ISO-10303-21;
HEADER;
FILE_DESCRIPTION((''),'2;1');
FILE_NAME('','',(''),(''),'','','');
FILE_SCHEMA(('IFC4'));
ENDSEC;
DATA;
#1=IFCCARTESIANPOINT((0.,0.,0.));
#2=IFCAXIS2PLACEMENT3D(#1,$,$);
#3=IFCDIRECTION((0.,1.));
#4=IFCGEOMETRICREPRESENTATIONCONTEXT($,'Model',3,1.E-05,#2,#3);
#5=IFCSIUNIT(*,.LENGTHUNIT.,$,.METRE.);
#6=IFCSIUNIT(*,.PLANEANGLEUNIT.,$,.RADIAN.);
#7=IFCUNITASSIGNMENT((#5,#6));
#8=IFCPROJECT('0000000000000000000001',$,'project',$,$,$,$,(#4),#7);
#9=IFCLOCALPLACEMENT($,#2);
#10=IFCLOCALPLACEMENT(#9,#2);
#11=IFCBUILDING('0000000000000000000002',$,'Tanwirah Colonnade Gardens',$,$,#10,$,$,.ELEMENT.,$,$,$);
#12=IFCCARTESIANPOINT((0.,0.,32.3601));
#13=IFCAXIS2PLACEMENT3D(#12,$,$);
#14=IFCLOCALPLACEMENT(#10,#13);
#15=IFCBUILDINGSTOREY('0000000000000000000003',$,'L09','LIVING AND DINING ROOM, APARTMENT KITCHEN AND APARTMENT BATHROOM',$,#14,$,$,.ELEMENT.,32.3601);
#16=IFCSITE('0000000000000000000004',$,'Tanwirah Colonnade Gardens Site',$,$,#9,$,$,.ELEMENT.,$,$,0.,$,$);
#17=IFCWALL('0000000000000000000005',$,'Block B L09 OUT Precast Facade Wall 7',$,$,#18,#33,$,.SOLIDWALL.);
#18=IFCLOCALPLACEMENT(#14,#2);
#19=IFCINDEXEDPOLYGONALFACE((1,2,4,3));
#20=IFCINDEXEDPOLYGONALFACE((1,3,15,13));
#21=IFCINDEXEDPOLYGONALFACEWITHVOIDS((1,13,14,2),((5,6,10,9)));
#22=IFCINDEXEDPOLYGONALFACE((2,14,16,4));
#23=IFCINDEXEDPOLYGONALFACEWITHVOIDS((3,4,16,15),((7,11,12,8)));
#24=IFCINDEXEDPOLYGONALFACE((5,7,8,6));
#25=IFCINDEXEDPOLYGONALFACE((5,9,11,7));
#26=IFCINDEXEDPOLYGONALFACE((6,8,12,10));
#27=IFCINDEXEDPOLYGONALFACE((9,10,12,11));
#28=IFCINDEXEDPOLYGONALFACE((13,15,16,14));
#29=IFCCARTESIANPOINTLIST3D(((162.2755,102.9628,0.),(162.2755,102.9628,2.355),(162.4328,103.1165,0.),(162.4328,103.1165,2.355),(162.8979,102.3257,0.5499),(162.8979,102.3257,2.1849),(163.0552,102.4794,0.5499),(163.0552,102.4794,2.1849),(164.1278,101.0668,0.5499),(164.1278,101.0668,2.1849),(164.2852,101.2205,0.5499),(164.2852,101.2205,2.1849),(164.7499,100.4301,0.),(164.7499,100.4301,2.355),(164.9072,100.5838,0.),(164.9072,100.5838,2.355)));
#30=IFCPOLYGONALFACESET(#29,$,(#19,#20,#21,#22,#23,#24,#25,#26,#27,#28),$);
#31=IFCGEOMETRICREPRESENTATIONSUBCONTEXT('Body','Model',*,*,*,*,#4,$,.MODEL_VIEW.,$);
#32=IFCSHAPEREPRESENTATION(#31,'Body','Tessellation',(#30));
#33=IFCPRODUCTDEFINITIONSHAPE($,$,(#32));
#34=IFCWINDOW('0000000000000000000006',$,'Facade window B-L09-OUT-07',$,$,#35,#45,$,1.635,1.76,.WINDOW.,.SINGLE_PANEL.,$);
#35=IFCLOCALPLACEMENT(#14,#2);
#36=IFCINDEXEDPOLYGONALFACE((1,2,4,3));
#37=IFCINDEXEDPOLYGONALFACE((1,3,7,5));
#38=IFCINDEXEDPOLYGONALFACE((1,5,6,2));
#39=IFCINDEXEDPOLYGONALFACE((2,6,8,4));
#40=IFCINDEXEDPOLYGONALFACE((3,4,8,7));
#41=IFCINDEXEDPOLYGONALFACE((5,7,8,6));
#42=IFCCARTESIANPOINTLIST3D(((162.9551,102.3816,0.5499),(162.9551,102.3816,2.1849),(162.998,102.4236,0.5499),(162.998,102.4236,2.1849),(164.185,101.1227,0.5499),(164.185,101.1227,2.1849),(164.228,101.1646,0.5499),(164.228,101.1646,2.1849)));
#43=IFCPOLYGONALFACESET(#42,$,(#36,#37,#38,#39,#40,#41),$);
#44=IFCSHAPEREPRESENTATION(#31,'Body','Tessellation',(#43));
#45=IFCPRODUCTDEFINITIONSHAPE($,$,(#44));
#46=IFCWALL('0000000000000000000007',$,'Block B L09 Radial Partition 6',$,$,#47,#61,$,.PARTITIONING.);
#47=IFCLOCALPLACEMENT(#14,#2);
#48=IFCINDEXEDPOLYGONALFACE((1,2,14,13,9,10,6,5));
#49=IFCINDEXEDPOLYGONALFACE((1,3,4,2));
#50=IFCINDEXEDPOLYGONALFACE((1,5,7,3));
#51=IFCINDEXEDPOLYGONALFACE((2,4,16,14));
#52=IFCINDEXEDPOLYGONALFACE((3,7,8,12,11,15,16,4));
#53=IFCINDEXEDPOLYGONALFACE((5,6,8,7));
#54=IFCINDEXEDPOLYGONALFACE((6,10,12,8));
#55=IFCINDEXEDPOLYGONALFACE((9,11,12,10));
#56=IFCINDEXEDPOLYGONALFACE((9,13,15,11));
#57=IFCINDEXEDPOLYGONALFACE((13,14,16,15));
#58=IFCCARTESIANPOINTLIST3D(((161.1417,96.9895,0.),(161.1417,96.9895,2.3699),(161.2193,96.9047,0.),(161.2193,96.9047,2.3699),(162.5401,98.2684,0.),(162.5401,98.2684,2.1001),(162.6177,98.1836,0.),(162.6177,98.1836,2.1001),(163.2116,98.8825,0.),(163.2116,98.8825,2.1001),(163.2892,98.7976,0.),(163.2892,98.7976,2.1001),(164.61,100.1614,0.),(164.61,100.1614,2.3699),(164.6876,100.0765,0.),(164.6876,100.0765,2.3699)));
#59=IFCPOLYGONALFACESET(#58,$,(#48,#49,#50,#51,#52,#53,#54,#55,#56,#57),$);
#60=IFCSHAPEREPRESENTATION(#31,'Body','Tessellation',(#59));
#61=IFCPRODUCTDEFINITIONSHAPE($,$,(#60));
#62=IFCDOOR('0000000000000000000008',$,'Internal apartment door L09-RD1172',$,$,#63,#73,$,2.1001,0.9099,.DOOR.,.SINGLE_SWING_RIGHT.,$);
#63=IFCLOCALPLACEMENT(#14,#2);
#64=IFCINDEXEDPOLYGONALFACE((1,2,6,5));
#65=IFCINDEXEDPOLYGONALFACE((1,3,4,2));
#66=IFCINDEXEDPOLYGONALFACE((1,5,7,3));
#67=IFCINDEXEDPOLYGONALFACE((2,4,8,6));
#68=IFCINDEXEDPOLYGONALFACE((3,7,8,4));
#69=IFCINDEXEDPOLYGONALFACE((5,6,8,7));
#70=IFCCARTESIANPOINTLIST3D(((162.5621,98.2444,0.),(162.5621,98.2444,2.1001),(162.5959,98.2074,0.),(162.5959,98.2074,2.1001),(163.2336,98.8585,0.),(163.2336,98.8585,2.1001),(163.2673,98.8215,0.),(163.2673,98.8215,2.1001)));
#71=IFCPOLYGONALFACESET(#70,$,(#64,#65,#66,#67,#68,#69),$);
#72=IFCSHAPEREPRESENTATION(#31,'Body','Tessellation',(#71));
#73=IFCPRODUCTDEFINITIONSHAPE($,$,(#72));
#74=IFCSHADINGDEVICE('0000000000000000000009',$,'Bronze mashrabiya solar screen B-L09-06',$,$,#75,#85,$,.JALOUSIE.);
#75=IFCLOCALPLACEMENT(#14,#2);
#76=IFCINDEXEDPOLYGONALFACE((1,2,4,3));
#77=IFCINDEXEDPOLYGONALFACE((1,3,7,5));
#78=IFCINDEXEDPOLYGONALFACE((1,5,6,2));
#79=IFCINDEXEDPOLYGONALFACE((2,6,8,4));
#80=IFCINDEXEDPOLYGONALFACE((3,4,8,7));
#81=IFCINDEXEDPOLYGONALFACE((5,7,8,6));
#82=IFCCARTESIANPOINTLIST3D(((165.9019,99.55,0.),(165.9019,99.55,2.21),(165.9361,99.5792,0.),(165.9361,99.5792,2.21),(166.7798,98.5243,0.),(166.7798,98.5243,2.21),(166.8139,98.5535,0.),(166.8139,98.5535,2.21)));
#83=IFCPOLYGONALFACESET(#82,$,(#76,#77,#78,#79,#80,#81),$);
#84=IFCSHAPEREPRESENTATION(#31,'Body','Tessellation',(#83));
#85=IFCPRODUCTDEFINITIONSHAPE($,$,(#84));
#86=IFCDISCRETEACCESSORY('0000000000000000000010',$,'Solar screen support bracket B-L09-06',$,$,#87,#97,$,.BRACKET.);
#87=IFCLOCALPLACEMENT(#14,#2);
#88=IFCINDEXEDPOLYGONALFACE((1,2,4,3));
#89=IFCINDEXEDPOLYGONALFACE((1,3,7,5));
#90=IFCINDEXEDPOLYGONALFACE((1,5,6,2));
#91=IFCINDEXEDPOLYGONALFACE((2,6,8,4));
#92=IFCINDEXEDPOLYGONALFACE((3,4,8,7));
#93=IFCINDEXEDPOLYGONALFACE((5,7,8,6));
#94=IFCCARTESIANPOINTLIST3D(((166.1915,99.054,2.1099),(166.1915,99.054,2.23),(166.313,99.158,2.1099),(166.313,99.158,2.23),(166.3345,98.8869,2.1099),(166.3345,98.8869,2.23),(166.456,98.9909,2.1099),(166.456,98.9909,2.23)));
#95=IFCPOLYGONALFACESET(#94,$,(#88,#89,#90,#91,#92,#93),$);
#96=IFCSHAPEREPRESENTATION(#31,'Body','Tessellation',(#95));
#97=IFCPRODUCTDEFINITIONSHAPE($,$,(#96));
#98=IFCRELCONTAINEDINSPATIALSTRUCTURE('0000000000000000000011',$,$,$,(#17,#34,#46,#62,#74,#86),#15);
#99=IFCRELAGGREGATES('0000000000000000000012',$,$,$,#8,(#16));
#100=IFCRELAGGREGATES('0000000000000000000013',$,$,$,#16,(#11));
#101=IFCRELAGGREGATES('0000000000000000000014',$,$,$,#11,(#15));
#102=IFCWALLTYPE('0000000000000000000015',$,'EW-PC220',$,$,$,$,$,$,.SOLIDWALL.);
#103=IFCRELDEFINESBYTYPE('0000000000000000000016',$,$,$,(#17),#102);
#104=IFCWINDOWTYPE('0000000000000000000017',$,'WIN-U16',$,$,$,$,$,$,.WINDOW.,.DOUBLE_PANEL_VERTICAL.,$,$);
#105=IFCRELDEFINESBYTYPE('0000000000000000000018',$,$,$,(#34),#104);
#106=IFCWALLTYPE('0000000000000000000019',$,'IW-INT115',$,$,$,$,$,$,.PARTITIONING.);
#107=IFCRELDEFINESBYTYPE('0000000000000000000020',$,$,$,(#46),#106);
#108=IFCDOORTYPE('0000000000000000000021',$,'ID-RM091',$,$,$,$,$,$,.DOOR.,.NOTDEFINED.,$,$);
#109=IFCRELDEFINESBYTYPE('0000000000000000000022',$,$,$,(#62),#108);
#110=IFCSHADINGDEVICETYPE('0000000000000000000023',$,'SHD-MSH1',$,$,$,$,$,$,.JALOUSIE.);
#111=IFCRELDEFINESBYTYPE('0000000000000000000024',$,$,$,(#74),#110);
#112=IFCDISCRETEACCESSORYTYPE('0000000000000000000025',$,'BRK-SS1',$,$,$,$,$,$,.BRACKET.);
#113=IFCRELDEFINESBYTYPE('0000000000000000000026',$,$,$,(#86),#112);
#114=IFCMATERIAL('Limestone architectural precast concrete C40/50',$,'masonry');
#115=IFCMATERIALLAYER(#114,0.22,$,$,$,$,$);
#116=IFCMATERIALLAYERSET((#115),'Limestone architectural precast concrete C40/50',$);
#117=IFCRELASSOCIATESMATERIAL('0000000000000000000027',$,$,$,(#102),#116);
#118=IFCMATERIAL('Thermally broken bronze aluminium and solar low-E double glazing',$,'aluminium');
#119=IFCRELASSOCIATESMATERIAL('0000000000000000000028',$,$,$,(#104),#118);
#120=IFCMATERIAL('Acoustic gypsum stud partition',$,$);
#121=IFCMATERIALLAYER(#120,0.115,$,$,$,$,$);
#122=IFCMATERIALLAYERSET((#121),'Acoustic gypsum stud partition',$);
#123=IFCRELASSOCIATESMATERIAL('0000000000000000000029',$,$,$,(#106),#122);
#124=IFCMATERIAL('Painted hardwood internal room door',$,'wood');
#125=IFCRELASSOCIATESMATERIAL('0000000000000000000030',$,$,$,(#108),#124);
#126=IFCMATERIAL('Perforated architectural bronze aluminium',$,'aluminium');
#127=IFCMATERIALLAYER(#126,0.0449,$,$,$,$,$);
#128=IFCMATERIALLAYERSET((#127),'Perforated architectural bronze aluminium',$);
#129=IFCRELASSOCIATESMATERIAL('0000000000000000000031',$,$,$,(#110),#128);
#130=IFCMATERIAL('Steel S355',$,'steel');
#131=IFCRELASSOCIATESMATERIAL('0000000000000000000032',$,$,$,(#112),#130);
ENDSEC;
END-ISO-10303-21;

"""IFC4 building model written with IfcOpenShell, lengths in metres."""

from ifc_helpers import new_model, si_unit, direction, frame, frame_2d, origin, origin_2d, place, context, subcontext, project, spatial, rectangle, extrude, material, layer, layer_set, type_object, element, fill, save


model = new_model("IFC4")

# Units and contexts
model_context = context("Model", 3, precision=1e-05, world=origin(), true_north=direction((0.0, 1.0)))
body_context = subcontext(model_context, "Body", "Model", "MODEL_VIEW")
ifc_project = project(units=[si_unit("LENGTHUNIT", "METRE"), si_unit("PLANEANGLEUNIT", "RADIAN")], contexts=[model_context])

# Site, building, storey
site_placement = place(None, origin())
site = spatial("IfcSite", under=ifc_project, at=site_placement, Name="Tanwirah Colonnade Gardens Site", CompositionType="ELEMENT", RefElevation=0.0)
building_placement = place(site_placement, origin())
building = spatial("IfcBuilding", under=site, at=building_placement, Name="Tanwirah Colonnade Gardens", CompositionType="ELEMENT")
storey_placement = place(building_placement, frame((0.0, 0.0, 32.3601)))
storey = spatial("IfcBuildingStorey", under=building, at=storey_placement, Name="L09", Description="LIVING AND DINING ROOM, APARTMENT KITCHEN AND APARTMENT BATHROOM", CompositionType="ELEMENT", Elevation=32.3601)

# Wall, opening, window
ifc_material_1 = material(Name="Limestone architectural precast concrete C40/50", Category="masonry")
ifc_layer_1 = layer(ifc_material_1, 0.22)
ifc_layer_set_1 = layer_set([ifc_layer_1], Name="Limestone architectural precast concrete C40/50")
wall_type_1 = type_object("IfcWallType", Name="EW-PC220", PredefinedType="SOLIDWALL", material=ifc_layer_set_1)
ifc_material_2 = material(Name="Thermally broken bronze aluminium and solar low-E double glazing", Category="aluminium")
wall_1_placement = place(storey_placement, frame((164.8286, 100.5068, 0.0), z_axis=(0.0, 0.0, 1.0), x_axis=(-0.698819, 0.715298, 0.0)))
wall_1 = element("IfcWall", 1, at=wall_1_placement, inside=storey, type_object=wall_type_1, Name="Block B L09 OUT Precast Facade Wall 7", PredefinedType="SOLIDWALL", context=body_context, shape_type="SweptSolid", body=[
    extrude(rectangle(XDim=3.5408, YDim=0.22, at=frame_2d((1.7705, 0.0))), origin(), (0.0, 0.0, 1.0), 2.355),
])
opening_1_placement = place(wall_1_placement, frame((0.8904, 0.0, 0.55)))
opening_1 = element("IfcOpeningElement", 2, at=opening_1_placement, cuts=wall_1, PredefinedType="OPENING", context=body_context, shape_type="SweptSolid", body=[
    extrude(rectangle(XDim=1.76, YDim=1.635, at=frame_2d((0.8799, 0.8174))), frame((0.0, 0.1199, 0.0), z_axis=(0.0, -1.0, 0.0), x_axis=(1.0, 0.0, 0.0)), (0.0, 0.0, 1.0), 0.24),
])
window_type_1 = type_object("IfcWindowType", Name="WIN-U16", PartitioningType="DOUBLE_PANEL_VERTICAL", PredefinedType="WINDOW", material=ifc_material_2)
window_1_placement = place(opening_1_placement, origin())
window_1 = element("IfcWindow", 3, at=window_1_placement, inside=storey, type_object=window_type_1, Name="Facade window B-L09-OUT-07", OverallHeight=1.635, OverallWidth=1.76, PartitioningType="SINGLE_PANEL", PredefinedType="WINDOW", context=body_context, shape_type="SweptSolid", body=[
    extrude(rectangle(XDim=1.76, YDim=1.635, at=frame_2d((0.8799, 0.8174))), frame((0.0, 0.03, 0.0), z_axis=(0.0, -1.0, 0.0), x_axis=(1.0, 0.0, 0.0)), (0.0, 0.0, 1.0), 0.0601),
])
fill(opening_1, window_1)

# Wall, opening, door
ifc_material_3 = material(Name="Acoustic gypsum stud partition")
ifc_layer_2 = layer(ifc_material_3, 0.115)
ifc_layer_set_2 = layer_set([ifc_layer_2], Name="Acoustic gypsum stud partition")
wall_type_2 = type_object("IfcWallType", Name="IW-INT115", PredefinedType="PARTITIONING", material=ifc_layer_set_2)
wall_2_placement = place(storey_placement, frame((161.1804, 96.947, 0.0), z_axis=(0.0, 0.0, 1.0), x_axis=(0.737934, 0.674873, 0.0)))
wall_2 = element("IfcWall", 4, at=wall_2_placement, inside=storey, type_object=wall_type_2, Name="Block B L09 Radial Partition 6", PredefinedType="PARTITIONING", context=body_context, shape_type="SweptSolid", body=[
    extrude(rectangle(XDim=4.7, YDim=0.115, at=frame_2d((2.3501, 0.0))), origin(), (0.0, 0.0, 1.0), 2.3699),
])
opening_2_placement = place(wall_2_placement, frame((1.895, 0.0, 0.0)))
opening_2 = element("IfcOpeningElement", 5, at=opening_2_placement, cuts=wall_2, PredefinedType="OPENING", context=body_context, shape_type="SweptSolid", body=[
    extrude(rectangle(XDim=0.9099, YDim=2.1001, at=frame_2d((0.4551, 1.05))), frame((0.0, 0.0674, 0.0), z_axis=(0.0, -1.0, 0.0), x_axis=(1.0, 0.0, 0.0)), (0.0, 0.0, 1.0), 0.135),
])
ifc_material_4 = material(Name="Painted hardwood internal room door", Category="wood")
door_type_1 = type_object("IfcDoorType", Name="ID-RM091", OperationType="NOTDEFINED", PredefinedType="DOOR", material=ifc_material_4)
door_1_placement = place(opening_2_placement, origin())
door_1 = element("IfcDoor", 6, at=door_1_placement, inside=storey, type_object=door_type_1, Name="Internal apartment door L09-RD1172", OperationType="SINGLE_SWING_RIGHT", OverallHeight=2.1001, OverallWidth=0.9099, PredefinedType="DOOR", context=body_context, shape_type="SweptSolid", body=[
    extrude(rectangle(XDim=0.9099, YDim=2.1001, at=frame_2d((0.4551, 1.05))), frame((0.0, 0.0249, 0.0), z_axis=(0.0, -1.0, 0.0), x_axis=(1.0, 0.0, 0.0)), (0.0, 0.0, 1.0), 0.05),
])
fill(opening_2, door_1)

# Shading device
ifc_material_5 = material(Name="Perforated architectural bronze aluminium", Category="aluminium")
ifc_layer_3 = layer(ifc_material_5, 0.0449)
ifc_layer_set_3 = layer_set([ifc_layer_3], Name="Perforated architectural bronze aluminium")
shading_device_type = type_object("IfcShadingDeviceType", Name="SHD-MSH1", PredefinedType="JALOUSIE", material=ifc_layer_set_3)
shading_device_placement = place(storey_placement, frame((166.3579, 99.0518, 0.0), z_axis=(0.0, 0.0, 1.0), x_axis=(-0.650186, 0.759775, 0.0)))
element("IfcShadingDevice", 7, at=shading_device_placement, inside=storey, type_object=shading_device_type, Name="Bronze mashrabiya solar screen B-L09-06", PredefinedType="JALOUSIE", context=body_context, shape_type="SweptSolid", body=[
    extrude(rectangle(XDim=1.3501, YDim=0.0449, at=origin_2d()), origin(), (0.0, 0.0, 1.0), 2.21),
])

# Discrete accessory
ifc_material_6 = material(Name="Steel S355", Category="steel")
discrete_accessory_type = type_object("IfcDiscreteAccessoryType", Name="BRK-SS1", PredefinedType="BRACKET", material=ifc_material_6)
discrete_accessory_placement = place(storey_placement, frame((166.3237, 99.0225, 2.1099), z_axis=(0.0, 0.0, 1.0), x_axis=(-0.650186, 0.759775, 0.0)))
element("IfcDiscreteAccessory", 8, at=discrete_accessory_placement, inside=storey, type_object=discrete_accessory_type, Name="Solar screen support bracket B-L09-06", PredefinedType="BRACKET", context=body_context, shape_type="SweptSolid", body=[
    extrude(rectangle(XDim=0.22, YDim=0.1599, at=origin_2d()), origin(), (0.0, 0.0, 1.0), 0.1201),
])

save(model, "model.ifc")
